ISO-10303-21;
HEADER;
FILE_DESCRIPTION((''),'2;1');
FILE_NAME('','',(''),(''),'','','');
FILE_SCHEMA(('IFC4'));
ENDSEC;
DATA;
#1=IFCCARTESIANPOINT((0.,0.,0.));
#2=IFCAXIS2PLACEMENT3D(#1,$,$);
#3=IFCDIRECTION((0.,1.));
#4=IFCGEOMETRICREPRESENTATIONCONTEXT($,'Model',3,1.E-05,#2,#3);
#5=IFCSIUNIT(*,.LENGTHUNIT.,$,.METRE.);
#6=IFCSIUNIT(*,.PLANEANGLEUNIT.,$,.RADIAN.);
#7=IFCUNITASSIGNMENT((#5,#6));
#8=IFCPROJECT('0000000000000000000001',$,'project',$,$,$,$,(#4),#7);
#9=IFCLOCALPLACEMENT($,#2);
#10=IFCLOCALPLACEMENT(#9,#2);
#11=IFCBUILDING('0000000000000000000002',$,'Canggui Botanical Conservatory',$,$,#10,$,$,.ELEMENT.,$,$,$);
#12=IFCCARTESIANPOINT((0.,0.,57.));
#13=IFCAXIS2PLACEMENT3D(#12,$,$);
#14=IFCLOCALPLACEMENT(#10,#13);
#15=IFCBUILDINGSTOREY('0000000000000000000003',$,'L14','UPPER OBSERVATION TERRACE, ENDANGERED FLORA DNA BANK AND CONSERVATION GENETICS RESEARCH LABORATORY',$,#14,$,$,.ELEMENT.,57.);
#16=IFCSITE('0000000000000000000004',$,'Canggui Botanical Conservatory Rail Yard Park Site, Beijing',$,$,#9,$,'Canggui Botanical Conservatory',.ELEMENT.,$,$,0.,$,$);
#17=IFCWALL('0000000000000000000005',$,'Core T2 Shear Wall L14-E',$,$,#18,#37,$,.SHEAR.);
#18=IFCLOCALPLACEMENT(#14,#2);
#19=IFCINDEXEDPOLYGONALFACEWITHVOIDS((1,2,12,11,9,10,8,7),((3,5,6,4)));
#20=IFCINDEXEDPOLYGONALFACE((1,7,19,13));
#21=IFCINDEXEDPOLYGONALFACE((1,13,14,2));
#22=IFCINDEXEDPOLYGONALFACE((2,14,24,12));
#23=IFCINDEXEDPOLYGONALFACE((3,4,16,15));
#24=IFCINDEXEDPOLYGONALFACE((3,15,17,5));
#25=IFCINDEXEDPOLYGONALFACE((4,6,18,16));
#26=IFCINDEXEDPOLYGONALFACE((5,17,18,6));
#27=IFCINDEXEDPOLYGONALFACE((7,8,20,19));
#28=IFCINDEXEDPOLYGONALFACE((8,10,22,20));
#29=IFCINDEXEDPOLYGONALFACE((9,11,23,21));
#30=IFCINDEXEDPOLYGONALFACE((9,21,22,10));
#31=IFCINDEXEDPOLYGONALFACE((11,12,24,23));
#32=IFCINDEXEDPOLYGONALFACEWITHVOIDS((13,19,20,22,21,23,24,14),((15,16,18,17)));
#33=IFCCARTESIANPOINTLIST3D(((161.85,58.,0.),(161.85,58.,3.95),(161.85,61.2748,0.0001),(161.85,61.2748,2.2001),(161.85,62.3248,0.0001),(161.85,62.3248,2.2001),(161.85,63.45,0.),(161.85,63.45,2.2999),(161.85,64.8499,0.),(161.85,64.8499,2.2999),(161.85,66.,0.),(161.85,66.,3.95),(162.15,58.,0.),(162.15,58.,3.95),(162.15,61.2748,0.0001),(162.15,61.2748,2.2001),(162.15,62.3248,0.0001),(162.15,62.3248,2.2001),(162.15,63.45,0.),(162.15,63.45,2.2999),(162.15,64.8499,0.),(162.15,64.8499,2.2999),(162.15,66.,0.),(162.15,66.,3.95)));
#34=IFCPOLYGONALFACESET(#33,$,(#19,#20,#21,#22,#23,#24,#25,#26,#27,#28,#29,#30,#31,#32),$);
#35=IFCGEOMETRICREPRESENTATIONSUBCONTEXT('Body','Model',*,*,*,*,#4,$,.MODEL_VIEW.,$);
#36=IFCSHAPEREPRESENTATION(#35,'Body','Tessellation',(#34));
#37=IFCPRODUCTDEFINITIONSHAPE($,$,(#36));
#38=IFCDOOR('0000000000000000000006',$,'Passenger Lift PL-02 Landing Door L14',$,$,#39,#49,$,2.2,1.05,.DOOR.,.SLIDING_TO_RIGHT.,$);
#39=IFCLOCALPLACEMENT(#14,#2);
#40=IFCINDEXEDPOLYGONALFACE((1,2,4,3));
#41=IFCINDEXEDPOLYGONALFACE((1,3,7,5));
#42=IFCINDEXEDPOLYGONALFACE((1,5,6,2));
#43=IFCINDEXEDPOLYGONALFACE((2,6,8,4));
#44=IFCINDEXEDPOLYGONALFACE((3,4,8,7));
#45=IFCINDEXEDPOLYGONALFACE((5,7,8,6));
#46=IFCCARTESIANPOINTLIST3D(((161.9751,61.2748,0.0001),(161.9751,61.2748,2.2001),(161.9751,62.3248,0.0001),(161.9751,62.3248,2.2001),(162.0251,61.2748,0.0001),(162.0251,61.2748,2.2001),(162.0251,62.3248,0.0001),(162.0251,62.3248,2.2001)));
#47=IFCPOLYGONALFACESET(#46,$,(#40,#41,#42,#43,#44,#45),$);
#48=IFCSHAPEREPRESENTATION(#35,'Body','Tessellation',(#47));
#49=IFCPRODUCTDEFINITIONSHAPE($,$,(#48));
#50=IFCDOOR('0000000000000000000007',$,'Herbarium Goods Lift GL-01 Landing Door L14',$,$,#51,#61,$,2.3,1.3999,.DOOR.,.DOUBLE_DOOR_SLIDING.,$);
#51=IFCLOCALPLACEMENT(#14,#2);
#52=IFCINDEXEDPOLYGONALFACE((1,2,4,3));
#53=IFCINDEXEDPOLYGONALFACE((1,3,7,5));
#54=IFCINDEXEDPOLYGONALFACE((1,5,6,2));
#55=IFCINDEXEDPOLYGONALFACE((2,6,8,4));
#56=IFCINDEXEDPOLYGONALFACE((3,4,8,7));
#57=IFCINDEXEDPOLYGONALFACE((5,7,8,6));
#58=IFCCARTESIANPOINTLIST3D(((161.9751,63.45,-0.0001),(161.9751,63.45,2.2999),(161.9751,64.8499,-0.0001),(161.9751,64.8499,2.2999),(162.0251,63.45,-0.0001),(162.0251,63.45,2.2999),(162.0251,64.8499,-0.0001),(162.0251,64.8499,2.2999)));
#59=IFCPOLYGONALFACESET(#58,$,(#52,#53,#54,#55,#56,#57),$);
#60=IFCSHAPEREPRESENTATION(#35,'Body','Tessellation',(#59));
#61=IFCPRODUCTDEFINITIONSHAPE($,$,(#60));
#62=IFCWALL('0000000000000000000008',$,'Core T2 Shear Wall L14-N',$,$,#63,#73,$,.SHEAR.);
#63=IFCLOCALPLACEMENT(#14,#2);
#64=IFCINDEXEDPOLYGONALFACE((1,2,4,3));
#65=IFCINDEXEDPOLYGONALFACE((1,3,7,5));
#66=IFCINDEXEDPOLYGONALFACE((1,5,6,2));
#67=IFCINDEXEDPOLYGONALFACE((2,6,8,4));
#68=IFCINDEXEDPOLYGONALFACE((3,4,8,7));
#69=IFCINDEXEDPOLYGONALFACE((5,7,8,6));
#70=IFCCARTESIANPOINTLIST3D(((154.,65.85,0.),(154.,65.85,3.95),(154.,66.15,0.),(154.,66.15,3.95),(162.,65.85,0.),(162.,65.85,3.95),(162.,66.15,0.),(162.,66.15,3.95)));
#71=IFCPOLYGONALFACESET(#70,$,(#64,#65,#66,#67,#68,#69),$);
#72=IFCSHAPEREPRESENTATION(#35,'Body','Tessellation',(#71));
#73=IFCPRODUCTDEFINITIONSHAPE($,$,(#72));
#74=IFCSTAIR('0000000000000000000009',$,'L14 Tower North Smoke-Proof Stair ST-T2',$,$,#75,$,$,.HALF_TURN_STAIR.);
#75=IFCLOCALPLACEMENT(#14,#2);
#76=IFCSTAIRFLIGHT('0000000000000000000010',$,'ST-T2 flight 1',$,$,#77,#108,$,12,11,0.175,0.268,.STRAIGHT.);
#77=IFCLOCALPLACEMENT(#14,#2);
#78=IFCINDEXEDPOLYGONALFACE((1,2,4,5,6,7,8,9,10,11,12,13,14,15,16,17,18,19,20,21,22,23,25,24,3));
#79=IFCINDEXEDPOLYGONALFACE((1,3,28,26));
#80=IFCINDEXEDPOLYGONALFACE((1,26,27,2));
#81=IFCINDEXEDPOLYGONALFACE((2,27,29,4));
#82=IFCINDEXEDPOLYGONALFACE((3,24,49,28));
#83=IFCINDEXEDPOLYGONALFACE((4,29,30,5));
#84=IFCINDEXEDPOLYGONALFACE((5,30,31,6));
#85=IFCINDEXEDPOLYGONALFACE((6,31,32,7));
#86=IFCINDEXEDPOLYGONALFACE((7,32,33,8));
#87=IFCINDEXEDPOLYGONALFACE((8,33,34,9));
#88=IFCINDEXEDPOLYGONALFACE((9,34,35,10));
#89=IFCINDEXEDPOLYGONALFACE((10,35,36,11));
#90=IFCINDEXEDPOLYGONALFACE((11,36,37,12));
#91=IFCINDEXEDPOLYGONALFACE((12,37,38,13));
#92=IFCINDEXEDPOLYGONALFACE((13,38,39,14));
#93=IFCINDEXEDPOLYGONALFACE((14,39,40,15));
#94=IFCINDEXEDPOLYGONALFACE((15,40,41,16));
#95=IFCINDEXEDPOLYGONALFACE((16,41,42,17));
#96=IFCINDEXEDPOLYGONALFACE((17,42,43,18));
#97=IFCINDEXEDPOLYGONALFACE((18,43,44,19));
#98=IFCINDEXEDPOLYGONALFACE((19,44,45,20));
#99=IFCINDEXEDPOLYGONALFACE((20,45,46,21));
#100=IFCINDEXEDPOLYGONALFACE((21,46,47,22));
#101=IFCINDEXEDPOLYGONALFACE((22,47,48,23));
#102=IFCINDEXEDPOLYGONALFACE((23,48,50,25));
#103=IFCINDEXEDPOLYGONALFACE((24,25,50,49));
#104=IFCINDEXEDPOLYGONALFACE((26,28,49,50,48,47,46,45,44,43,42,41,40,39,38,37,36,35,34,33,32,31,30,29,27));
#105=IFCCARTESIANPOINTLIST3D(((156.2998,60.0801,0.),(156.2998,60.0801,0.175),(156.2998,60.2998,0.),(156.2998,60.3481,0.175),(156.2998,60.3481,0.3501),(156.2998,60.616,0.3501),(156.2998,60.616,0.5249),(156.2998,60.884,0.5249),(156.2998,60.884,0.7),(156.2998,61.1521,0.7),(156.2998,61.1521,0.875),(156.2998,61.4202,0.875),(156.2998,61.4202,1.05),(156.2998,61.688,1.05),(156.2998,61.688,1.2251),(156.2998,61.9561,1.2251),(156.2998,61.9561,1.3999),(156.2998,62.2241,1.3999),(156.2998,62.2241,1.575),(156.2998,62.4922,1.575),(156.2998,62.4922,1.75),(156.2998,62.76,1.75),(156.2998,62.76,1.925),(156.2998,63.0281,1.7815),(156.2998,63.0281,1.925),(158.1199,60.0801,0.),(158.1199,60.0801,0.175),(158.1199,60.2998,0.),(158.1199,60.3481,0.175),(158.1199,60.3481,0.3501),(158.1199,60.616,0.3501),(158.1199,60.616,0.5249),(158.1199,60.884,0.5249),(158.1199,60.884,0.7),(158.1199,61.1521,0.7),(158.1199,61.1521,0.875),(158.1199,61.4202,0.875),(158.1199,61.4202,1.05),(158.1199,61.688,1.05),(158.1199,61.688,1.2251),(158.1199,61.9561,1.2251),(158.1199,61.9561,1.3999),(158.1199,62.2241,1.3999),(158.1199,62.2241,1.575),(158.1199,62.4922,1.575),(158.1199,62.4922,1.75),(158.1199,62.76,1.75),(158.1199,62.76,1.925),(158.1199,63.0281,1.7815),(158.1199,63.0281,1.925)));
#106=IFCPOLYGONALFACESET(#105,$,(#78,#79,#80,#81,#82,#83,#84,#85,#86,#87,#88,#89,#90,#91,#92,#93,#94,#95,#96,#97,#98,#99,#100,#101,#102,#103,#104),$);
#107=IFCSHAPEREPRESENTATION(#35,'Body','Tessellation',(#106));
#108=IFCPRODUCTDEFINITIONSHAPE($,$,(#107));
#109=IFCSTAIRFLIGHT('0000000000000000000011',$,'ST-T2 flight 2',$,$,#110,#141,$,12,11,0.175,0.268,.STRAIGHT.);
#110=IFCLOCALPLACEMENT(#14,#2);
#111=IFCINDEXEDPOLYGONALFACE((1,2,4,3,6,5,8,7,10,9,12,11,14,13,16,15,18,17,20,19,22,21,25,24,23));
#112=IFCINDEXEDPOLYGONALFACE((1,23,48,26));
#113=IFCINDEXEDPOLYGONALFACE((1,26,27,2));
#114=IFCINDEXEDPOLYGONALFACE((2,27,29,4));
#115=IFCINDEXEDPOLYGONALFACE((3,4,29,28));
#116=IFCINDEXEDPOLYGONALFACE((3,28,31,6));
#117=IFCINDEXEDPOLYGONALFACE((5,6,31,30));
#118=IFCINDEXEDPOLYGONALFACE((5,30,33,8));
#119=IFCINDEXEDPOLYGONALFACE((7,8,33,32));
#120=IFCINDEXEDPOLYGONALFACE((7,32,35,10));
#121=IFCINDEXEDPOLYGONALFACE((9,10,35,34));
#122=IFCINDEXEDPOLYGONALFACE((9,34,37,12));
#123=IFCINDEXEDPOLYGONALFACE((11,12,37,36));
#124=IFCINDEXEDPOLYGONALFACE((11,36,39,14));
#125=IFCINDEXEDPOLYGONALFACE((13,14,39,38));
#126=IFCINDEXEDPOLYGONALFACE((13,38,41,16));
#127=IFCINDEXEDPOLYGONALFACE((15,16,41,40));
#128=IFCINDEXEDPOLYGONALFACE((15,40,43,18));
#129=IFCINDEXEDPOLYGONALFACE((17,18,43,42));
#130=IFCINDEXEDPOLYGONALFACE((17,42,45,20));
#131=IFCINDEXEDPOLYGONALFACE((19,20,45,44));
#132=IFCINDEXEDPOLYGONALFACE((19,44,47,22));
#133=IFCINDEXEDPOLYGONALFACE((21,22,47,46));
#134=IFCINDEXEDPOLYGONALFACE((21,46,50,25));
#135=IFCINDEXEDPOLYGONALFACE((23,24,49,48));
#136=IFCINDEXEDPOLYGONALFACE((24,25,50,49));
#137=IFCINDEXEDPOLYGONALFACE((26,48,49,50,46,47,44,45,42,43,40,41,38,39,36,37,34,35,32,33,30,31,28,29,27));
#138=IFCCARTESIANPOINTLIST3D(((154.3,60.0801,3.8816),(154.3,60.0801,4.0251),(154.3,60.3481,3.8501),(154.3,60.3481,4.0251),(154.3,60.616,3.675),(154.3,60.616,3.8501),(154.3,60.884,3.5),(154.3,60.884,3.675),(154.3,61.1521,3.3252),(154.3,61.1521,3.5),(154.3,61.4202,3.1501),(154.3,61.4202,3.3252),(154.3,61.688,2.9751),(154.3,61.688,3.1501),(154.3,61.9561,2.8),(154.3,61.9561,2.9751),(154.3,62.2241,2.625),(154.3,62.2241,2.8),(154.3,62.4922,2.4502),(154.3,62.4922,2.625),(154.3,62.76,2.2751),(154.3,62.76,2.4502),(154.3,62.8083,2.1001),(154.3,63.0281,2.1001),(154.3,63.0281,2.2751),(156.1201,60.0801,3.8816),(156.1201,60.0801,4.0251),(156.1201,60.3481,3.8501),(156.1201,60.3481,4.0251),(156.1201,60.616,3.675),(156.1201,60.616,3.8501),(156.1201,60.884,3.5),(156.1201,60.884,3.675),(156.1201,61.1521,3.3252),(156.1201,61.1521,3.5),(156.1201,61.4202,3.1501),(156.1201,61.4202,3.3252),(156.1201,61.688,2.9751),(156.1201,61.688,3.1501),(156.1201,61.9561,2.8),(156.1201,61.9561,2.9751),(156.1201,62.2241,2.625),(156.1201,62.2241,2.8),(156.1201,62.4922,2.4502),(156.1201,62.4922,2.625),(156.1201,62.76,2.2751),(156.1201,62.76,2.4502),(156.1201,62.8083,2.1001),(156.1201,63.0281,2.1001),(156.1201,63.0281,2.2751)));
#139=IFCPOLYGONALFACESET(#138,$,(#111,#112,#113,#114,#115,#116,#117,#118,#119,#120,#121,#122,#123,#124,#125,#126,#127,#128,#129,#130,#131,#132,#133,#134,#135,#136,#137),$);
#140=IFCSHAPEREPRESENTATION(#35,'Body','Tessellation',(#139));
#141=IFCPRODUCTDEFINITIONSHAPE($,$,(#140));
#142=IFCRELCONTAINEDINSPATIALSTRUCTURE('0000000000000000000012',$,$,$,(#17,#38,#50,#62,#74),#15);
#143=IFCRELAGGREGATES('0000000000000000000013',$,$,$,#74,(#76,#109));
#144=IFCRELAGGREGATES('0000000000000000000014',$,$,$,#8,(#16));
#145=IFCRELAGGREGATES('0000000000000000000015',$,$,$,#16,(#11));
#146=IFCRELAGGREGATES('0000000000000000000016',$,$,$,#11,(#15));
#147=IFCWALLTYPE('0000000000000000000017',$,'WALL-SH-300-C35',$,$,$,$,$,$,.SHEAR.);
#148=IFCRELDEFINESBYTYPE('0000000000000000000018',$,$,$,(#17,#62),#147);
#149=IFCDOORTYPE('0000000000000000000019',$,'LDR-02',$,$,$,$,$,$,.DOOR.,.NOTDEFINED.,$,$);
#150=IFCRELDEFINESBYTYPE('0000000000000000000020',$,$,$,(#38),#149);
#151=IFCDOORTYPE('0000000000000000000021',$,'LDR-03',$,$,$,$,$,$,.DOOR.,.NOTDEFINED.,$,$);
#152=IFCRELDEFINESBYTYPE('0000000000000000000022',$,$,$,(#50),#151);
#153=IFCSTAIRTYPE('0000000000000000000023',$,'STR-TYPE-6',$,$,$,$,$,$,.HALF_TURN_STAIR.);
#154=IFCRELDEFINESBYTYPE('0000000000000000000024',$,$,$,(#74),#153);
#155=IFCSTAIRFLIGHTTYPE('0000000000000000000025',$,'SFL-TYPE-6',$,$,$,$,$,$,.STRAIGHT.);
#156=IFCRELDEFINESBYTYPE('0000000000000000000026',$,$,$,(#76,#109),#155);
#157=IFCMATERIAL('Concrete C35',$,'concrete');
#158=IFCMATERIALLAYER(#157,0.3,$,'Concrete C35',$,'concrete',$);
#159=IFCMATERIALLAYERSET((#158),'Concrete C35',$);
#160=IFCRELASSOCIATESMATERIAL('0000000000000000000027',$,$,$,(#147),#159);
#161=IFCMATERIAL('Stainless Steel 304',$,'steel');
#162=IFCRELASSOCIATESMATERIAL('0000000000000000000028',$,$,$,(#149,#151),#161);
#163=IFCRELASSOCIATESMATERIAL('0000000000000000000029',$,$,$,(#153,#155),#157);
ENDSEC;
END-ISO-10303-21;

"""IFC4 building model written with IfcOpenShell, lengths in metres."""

from ifc_helpers import new_model, si_unit, direction, frame, frame_2d, origin, place, context, subcontext, project, spatial, polyline, rectangle, outline, extrude, material, layer, layer_set, type_object, element, fill, aggregate, save


model = new_model("IFC4")

# Units and contexts
model_context = context("Model", 3, precision=1e-05, world=origin(), true_north=direction((0.0, 1.0)))
body_context = subcontext(model_context, "Body", "Model", "MODEL_VIEW")
ifc_project = project(units=[si_unit("LENGTHUNIT", "METRE"), si_unit("PLANEANGLEUNIT", "RADIAN")], contexts=[model_context])

# Site, building, storey
site_placement = place(None, origin())
site = spatial("IfcSite", under=ifc_project, at=site_placement, Name="Canggui Botanical Conservatory Rail Yard Park Site, Beijing", LongName="Canggui Botanical Conservatory", CompositionType="ELEMENT", RefElevation=0.0)
building_placement = place(site_placement, origin())
building = spatial("IfcBuilding", under=site, at=building_placement, Name="Canggui Botanical Conservatory", CompositionType="ELEMENT")
storey_placement = place(building_placement, frame((0.0, 0.0, 57.0)))
storey = spatial("IfcBuildingStorey", under=building, at=storey_placement, Name="L14", Description="UPPER OBSERVATION TERRACE, ENDANGERED FLORA DNA BANK AND CONSERVATION GENETICS RESEARCH LABORATORY", CompositionType="ELEMENT", Elevation=57.0)

# Shared definitions
ifc_material_1 = material(Name="Concrete C35", Category="concrete")

# Wall, openings, doors
ifc_layer_1 = layer(ifc_material_1, 0.3, Name="Concrete C35", Category="concrete")
ifc_layer_set_1 = layer_set([ifc_layer_1], Name="Concrete C35")
wall_type_1 = type_object("IfcWallType", Name="WALL-SH-300-C35", PredefinedType="SHEAR", material=ifc_layer_set_1)
wall_1_placement = place(storey_placement, frame((162.0, 58.0, 0.0), z_axis=(0.0, 0.0, 1.0), x_axis=(0.0, 1.0, 0.0)))
wall_1 = element("IfcWall", 1, at=wall_1_placement, inside=storey, type_object=wall_type_1, Name="Core T2 Shear Wall L14-E", PredefinedType="SHEAR", context=body_context, shape_type="SweptSolid", body=[
    extrude(rectangle(XDim=8.0, YDim=0.3, at=frame_2d((4.0, 0.0))), origin(), (0.0, 0.0, 1.0), 3.95),
])
opening_1_placement = place(wall_1_placement, frame((3.2749, 0.0, 0.0)))
opening_1 = element("IfcOpeningElement", 2, at=opening_1_placement, cuts=wall_1, PredefinedType="OPENING", context=body_context, shape_type="SweptSolid", body=[
    extrude(rectangle(XDim=1.05, YDim=2.2, at=frame_2d((0.5249, 1.1001))), frame((0.0, 0.1602, 0.0), z_axis=(0.0, -1.0, 0.0), x_axis=(1.0, 0.0, 0.0)), (0.0, 0.0, 1.0), 0.3201),
])
opening_2_placement = place(wall_1_placement, frame((5.45, 0.0, 0.0)))
opening_2 = element("IfcOpeningElement", 3, at=opening_2_placement, cuts=wall_1, PredefinedType="OPENING", context=body_context, shape_type="SweptSolid", body=[
    extrude(rectangle(XDim=1.3999, YDim=2.3, at=frame_2d((0.7, 1.1499))), frame((0.0, 0.1602, 0.0), z_axis=(0.0, -1.0, 0.0), x_axis=(1.0, 0.0, 0.0)), (0.0, 0.0, 1.0), 0.3201),
])
ifc_material_2 = material(Name="Stainless Steel 304", Category="steel")
door_type_1 = type_object("IfcDoorType", Name="LDR-02", OperationType="NOTDEFINED", PredefinedType="DOOR", material=ifc_material_2)
door_1_placement = place(opening_1_placement, origin())
door_1 = element("IfcDoor", 4, at=door_1_placement, inside=storey, type_object=door_type_1, Name="Passenger Lift PL-02 Landing Door L14", OperationType="SLIDING_TO_RIGHT", OverallHeight=2.2, OverallWidth=1.05, PredefinedType="DOOR", context=body_context, shape_type="SweptSolid", body=[
    extrude(rectangle(XDim=1.05, YDim=2.2, at=frame_2d((0.5249, 1.1001))), frame((0.0, 0.0249, 0.0), z_axis=(0.0, -1.0, 0.0), x_axis=(1.0, 0.0, 0.0)), (0.0, 0.0, 1.0), 0.05),
])
fill(opening_1, door_1)
door_type_2 = type_object("IfcDoorType", Name="LDR-03", OperationType="NOTDEFINED", PredefinedType="DOOR", material=ifc_material_2)
door_2_placement = place(opening_2_placement, origin())
door_2 = element("IfcDoor", 5, at=door_2_placement, inside=storey, type_object=door_type_2, Name="Herbarium Goods Lift GL-01 Landing Door L14", OperationType="DOUBLE_DOOR_SLIDING", OverallHeight=2.3, OverallWidth=1.3999, PredefinedType="DOOR", context=body_context, shape_type="SweptSolid", body=[
    extrude(rectangle(XDim=1.3999, YDim=2.3, at=frame_2d((0.7, 1.1499))), frame((0.0, 0.0249, 0.0), z_axis=(0.0, -1.0, 0.0), x_axis=(1.0, 0.0, 0.0)), (0.0, 0.0, 1.0), 0.05),
])
fill(opening_2, door_2)

# Wall
wall_2_placement = place(storey_placement, frame((162.0, 66.0, 0.0), z_axis=(0.0, 0.0, 1.0), x_axis=(-1.0, 0.0, 0.0)))
element("IfcWall", 6, at=wall_2_placement, inside=storey, type_object=wall_type_1, Name="Core T2 Shear Wall L14-N", PredefinedType="SHEAR", context=body_context, shape_type="SweptSolid", body=[
    extrude(rectangle(XDim=8.0, YDim=0.3, at=frame_2d((4.0, 0.0))), origin(), (0.0, 0.0, 1.0), 3.95),
])

# Stair, stair flights
stair_type = type_object("IfcStairType", Name="STR-TYPE-6", PredefinedType="HALF_TURN_STAIR", material=ifc_material_1)
stair_placement = place(storey_placement, origin())
stair = element("IfcStair", 7, at=stair_placement, inside=storey, type_object=stair_type, Name="L14 Tower North Smoke-Proof Stair ST-T2", PredefinedType="HALF_TURN_STAIR")
stair_flight_type = type_object("IfcStairFlightType", Name="SFL-TYPE-6", PredefinedType="STRAIGHT", material=ifc_material_1)
stair_flight_1_placement = place(storey_placement, frame((157.21, 60.0801, 0.0), z_axis=(0.0, 0.0, 1.0), x_axis=(0.0, 1.0, 0.0)))
stair_flight_1 = element("IfcStairFlight", 8, at=stair_flight_1_placement, type_object=stair_flight_type, Name="ST-T2 flight 1", NumberOfRisers=12, NumberOfTreads=11, PredefinedType="STRAIGHT", RiserHeight=0.175, TreadLength=0.268, context=body_context, shape_type="SweptSolid", body=[
    extrude(outline(polyline([(0.0, 0.0), (0.0, 0.175), (0.2681, 0.175), (0.2681, 0.3501), (0.5359, 0.3501), (0.5359, 0.5249), (0.804, 0.5249), (0.804, 0.7), (1.072, 0.7), (1.072, 0.875), (1.3401, 0.875), (1.3401, 1.05), (1.6079, 1.05), (1.6079, 1.2251), (1.876, 1.2251), (1.876, 1.3999), (2.144, 1.3999), (2.144, 1.575), (2.4121, 1.575), (2.4121, 1.75), (2.6799, 1.75), (2.6799, 1.925), (2.948, 1.925), (2.948, 2.1001), (2.948, 1.7815), (0.2197, 0.0), (0.0, 0.0)])), frame((0.0, 0.9102, 0.0), z_axis=(0.0, -1.0, 0.0), x_axis=(1.0, 0.0, 0.0)), (0.0, 0.0, 1.0), 1.8201),
])
stair_flight_2_placement = place(storey_placement, frame((155.21, 63.0281, 2.1001), z_axis=(0.0, 0.0, 1.0), x_axis=(0.0, -1.0, 0.0)))
stair_flight_2 = element("IfcStairFlight", 9, at=stair_flight_2_placement, type_object=stair_flight_type, Name="ST-T2 flight 2", NumberOfRisers=12, NumberOfTreads=11, PredefinedType="STRAIGHT", RiserHeight=0.175, TreadLength=0.268, context=body_context, shape_type="SweptSolid", body=[
    extrude(outline(polyline([(0.0, 0.0), (0.0, 0.175), (0.2681, 0.175), (0.2681, 0.3501), (0.5359, 0.3501), (0.5359, 0.5249), (0.804, 0.5249), (0.804, 0.7), (1.072, 0.7), (1.072, 0.875), (1.3401, 0.875), (1.3401, 1.05), (1.6079, 1.05), (1.6079, 1.2251), (1.876, 1.2251), (1.876, 1.3999), (2.144, 1.3999), (2.144, 1.575), (2.4121, 1.575), (2.4121, 1.75), (2.6799, 1.75), (2.6799, 1.925), (2.948, 1.925), (2.948, 2.1001), (2.948, 1.7815), (0.2197, 0.0), (0.0, 0.0)])), frame((0.0, 0.9102, 0.0), z_axis=(0.0, -1.0, 0.0), x_axis=(1.0, 0.0, 0.0)), (0.0, 0.0, 1.0), 1.8201),
])
aggregate(stair, [stair_flight_1, stair_flight_2])

save(model, "model.ifc")
